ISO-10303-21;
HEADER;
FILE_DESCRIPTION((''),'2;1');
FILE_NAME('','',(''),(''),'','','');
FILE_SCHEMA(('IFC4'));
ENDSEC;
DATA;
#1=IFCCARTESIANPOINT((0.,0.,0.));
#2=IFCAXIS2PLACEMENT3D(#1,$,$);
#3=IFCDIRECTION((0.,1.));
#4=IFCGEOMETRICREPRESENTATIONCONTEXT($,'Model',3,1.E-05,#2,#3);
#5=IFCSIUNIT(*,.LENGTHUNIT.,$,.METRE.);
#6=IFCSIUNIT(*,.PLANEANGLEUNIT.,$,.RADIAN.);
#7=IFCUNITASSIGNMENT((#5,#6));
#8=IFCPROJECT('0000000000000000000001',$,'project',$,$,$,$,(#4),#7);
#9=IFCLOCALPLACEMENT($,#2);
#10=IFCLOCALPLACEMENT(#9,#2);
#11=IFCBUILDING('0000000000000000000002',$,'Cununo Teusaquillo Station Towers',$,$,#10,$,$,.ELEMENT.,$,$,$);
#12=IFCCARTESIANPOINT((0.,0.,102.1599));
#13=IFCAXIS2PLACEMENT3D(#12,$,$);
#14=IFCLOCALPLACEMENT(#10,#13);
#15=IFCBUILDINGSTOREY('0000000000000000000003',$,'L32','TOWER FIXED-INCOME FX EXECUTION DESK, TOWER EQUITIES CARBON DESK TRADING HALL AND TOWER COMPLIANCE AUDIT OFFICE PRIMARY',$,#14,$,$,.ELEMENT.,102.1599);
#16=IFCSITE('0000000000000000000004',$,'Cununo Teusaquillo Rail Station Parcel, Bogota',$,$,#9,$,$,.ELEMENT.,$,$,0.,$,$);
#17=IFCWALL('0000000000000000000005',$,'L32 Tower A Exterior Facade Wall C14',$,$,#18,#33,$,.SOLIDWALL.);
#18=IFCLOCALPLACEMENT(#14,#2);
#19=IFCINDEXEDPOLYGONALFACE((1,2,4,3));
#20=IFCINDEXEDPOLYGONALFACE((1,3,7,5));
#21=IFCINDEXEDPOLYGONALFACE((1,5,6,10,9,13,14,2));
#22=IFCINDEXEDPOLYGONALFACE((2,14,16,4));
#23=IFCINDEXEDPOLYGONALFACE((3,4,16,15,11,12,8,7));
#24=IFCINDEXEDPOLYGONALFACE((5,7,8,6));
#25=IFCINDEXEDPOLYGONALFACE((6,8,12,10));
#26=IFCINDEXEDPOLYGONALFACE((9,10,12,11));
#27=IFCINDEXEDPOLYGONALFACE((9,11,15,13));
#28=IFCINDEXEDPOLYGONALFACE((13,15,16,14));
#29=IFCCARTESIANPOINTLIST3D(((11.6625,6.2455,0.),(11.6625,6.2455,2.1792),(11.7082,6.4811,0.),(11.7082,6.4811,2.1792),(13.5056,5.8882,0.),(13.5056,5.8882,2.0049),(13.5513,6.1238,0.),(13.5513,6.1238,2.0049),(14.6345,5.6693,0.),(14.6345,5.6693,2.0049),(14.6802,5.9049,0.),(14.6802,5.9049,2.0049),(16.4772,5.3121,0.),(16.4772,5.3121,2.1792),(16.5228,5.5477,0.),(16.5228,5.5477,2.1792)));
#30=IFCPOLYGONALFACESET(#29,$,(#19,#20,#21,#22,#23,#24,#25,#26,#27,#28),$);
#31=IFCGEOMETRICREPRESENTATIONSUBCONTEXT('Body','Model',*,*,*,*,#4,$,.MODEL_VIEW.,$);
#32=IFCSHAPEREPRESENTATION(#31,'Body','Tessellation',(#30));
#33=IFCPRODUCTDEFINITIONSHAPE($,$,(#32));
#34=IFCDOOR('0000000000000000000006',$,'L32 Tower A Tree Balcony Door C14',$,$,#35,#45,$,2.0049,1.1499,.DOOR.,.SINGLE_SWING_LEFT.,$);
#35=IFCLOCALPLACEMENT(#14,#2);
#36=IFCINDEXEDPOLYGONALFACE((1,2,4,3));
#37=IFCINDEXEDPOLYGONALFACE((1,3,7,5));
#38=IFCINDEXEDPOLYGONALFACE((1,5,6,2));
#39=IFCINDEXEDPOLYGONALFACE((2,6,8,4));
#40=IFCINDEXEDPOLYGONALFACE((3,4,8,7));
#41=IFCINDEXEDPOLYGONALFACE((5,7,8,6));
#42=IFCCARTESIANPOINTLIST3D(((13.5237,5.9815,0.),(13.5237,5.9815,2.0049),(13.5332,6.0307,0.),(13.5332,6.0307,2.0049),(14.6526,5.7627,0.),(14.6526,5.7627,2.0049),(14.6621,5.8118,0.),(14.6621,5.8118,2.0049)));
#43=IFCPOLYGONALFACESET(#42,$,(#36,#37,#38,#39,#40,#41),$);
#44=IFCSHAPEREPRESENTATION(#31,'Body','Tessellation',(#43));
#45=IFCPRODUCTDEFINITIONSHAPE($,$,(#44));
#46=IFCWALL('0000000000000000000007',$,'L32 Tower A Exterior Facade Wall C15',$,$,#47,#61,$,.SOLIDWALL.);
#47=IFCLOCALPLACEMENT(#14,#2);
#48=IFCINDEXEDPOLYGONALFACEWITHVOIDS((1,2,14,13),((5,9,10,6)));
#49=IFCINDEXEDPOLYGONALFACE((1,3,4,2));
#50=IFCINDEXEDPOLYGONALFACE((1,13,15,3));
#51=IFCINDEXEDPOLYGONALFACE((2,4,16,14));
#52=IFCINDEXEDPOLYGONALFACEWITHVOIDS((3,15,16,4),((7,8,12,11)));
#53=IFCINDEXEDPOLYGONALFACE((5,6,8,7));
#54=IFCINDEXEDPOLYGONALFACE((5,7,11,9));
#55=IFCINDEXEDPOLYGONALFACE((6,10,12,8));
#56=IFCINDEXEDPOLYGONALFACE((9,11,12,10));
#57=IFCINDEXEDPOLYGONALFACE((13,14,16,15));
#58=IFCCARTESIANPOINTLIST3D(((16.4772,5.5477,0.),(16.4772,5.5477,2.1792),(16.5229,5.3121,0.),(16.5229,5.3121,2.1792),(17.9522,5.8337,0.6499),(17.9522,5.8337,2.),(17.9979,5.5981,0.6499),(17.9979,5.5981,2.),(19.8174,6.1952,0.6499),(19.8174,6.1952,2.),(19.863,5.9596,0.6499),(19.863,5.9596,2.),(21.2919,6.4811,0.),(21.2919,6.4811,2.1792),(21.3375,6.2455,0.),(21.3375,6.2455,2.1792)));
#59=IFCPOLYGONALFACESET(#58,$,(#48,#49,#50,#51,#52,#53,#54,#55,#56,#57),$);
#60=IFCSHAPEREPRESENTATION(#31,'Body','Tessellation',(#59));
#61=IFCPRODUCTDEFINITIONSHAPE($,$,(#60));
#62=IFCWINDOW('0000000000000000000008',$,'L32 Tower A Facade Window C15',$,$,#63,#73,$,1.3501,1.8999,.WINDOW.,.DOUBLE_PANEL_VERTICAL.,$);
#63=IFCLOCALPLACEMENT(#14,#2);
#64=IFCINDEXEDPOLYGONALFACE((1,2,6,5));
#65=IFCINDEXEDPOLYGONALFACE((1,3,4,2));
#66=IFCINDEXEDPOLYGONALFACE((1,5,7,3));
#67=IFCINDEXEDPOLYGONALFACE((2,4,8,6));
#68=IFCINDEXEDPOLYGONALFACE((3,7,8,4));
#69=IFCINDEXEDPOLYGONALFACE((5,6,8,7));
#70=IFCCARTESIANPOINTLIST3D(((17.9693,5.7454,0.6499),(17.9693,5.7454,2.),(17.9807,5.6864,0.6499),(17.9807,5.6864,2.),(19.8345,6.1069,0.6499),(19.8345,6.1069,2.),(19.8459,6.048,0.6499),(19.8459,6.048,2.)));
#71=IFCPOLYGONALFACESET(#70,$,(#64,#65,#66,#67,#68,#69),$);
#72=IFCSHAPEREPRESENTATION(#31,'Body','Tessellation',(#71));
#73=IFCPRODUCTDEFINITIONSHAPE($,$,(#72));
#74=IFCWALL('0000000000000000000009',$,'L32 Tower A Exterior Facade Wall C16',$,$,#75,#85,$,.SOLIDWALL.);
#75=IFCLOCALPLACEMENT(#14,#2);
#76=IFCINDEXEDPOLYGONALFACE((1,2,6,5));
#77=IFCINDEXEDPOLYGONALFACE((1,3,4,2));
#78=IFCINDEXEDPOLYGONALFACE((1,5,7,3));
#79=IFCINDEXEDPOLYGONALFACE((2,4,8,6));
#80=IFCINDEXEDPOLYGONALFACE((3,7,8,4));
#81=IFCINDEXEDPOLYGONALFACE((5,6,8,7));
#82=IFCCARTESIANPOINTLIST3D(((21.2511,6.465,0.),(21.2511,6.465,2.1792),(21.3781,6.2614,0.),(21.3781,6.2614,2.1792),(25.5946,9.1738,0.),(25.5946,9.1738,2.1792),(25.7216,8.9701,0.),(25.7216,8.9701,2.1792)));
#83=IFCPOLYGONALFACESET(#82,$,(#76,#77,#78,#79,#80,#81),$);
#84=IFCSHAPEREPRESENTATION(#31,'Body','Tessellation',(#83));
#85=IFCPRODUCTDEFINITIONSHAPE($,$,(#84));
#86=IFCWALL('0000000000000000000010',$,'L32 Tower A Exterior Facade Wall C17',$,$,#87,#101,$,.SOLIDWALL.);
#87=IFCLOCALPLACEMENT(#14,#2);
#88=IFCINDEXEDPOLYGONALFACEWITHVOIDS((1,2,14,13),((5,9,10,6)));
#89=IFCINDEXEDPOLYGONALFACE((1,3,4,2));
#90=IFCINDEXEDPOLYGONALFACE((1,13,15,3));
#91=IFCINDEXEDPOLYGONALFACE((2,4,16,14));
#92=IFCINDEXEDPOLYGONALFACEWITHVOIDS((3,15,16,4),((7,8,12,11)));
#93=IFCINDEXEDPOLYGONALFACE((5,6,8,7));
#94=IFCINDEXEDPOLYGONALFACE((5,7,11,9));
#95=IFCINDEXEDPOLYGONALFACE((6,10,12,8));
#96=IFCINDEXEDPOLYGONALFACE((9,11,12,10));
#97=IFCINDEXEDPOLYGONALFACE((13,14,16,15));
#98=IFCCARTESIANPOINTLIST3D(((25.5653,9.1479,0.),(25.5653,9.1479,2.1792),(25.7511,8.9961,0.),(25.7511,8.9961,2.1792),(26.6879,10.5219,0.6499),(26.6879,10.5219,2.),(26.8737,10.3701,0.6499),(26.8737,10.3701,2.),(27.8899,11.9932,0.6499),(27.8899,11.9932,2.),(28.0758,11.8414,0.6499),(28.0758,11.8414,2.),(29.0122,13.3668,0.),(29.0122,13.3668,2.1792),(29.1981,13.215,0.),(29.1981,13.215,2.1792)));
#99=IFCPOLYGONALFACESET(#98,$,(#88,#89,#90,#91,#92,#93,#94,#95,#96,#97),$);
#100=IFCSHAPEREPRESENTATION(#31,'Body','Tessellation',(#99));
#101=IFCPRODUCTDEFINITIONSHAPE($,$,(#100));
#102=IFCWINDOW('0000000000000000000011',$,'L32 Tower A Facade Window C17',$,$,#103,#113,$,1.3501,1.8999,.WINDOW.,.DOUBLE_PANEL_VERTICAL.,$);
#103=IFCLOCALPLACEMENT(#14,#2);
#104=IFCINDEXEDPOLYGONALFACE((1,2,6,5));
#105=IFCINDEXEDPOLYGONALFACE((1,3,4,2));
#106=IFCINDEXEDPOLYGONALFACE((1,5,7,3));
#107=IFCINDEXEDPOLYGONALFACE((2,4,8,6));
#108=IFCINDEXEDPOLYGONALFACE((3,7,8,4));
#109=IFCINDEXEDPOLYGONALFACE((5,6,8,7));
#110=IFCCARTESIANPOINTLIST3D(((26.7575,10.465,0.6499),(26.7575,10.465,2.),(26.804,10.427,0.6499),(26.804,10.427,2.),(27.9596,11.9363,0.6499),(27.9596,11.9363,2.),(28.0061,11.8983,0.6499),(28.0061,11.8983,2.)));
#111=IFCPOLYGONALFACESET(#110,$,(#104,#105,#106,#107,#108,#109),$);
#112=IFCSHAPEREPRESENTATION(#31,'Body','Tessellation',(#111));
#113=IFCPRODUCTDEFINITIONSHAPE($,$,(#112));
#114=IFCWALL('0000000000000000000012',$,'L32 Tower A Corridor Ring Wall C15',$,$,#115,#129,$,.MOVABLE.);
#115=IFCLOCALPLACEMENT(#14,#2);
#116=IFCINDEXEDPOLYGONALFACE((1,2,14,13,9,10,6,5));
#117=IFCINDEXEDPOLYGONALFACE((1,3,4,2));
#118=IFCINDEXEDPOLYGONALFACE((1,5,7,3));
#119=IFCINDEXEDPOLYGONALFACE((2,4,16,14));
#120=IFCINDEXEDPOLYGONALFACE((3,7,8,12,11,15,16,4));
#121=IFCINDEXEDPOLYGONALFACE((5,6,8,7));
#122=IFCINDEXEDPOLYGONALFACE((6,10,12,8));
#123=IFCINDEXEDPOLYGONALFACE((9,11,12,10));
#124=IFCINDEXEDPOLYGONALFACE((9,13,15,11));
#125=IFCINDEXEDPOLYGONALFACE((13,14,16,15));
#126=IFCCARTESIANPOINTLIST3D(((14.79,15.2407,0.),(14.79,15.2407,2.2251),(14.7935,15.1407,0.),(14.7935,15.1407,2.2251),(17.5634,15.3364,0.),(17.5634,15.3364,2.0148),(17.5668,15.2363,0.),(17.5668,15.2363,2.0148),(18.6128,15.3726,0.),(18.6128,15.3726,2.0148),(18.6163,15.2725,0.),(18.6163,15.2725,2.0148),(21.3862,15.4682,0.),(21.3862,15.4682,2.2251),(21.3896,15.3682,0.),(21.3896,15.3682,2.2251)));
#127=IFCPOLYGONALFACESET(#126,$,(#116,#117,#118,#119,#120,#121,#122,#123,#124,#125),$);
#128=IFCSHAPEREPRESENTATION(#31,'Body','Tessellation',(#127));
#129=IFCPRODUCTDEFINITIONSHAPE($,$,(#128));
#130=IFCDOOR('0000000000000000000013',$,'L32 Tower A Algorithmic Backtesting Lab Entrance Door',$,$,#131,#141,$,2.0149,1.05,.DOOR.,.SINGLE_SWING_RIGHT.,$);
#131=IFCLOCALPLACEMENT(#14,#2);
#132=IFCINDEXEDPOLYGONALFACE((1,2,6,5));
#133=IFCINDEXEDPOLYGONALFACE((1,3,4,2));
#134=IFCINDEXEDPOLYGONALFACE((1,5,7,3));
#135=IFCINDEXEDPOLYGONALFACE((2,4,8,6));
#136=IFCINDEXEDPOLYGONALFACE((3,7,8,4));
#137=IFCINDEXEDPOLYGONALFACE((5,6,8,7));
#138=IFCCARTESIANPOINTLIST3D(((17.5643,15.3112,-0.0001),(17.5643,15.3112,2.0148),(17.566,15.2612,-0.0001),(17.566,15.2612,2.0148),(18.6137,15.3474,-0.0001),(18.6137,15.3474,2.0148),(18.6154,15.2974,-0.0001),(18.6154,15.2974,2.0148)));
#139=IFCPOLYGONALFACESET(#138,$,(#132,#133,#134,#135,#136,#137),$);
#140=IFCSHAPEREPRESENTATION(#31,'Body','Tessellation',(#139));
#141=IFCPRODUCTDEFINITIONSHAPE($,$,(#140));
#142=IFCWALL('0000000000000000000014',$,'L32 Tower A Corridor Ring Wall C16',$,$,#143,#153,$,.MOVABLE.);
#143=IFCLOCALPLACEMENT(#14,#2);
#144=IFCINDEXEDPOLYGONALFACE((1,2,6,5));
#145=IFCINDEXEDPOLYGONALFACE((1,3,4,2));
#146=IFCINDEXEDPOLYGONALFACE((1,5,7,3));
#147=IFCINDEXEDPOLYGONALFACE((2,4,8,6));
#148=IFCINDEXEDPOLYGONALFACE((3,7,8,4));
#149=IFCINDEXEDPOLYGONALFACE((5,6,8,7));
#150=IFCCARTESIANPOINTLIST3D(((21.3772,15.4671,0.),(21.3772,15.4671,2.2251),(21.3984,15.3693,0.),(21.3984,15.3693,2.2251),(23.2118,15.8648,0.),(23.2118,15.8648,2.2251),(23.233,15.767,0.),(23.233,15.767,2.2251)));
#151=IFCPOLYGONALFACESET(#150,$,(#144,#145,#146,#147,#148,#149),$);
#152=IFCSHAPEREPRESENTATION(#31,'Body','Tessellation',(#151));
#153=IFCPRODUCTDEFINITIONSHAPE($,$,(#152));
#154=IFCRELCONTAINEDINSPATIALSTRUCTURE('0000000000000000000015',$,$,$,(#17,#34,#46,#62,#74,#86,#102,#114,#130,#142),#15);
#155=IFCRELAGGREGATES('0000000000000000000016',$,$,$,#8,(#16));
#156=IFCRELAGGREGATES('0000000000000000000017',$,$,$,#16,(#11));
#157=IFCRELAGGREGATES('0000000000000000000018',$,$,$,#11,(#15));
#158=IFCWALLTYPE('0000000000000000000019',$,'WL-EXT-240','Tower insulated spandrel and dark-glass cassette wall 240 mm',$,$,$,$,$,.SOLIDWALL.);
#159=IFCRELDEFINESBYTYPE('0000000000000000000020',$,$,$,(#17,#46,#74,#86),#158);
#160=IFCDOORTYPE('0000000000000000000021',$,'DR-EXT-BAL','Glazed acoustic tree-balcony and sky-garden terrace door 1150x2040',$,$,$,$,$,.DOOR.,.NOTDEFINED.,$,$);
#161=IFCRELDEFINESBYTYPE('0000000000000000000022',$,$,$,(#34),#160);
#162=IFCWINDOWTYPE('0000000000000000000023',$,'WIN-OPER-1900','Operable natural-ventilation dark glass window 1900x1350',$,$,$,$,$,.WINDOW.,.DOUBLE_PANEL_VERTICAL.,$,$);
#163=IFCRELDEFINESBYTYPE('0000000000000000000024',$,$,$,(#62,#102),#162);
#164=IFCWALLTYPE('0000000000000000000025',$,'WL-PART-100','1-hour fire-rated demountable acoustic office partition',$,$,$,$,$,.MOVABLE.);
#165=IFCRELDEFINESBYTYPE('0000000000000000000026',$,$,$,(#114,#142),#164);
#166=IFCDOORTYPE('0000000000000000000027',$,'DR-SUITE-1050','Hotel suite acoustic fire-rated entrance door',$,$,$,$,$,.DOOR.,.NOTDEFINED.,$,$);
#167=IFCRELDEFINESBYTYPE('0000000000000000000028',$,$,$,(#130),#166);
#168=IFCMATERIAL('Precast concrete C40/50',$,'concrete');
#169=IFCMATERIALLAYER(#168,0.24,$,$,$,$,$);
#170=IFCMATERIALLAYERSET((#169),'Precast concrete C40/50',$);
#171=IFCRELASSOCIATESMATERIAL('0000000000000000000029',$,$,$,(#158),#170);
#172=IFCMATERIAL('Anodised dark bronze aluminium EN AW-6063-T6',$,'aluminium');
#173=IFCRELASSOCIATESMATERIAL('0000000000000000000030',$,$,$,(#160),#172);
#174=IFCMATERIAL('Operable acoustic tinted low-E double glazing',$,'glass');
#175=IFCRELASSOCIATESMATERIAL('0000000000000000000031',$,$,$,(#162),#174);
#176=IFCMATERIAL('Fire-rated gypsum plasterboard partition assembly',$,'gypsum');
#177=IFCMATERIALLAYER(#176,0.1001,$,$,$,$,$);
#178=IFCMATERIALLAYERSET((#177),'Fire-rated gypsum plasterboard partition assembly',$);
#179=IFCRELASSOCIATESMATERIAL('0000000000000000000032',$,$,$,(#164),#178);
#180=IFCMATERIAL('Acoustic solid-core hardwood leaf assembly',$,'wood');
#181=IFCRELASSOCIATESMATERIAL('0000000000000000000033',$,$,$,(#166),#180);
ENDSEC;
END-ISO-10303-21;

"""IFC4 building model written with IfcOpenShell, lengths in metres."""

from ifc_helpers import new_model, si_unit, direction, frame, frame_2d, origin, place, context, subcontext, project, spatial, rectangle, extrude, source, transform, mapped, material, layer, layer_set, type_object, element, fill, save


model = new_model("IFC4")

# Units and contexts
model_context = context("Model", 3, precision=1e-05, world=origin(), true_north=direction((0.0, 1.0)))
body_context = subcontext(model_context, "Body", "Model", "MODEL_VIEW")
ifc_project = project(units=[si_unit("LENGTHUNIT", "METRE"), si_unit("PLANEANGLEUNIT", "RADIAN")], contexts=[model_context])

# Site, building, storey
site_placement = place(None, origin())
site = spatial("IfcSite", under=ifc_project, at=site_placement, Name="Cununo Teusaquillo Rail Station Parcel, Bogota", CompositionType="ELEMENT", RefElevation=0.0)
building_placement = place(site_placement, origin())
building = spatial("IfcBuilding", under=site, at=building_placement, Name="Cununo Teusaquillo Station Towers", CompositionType="ELEMENT")
storey_placement = place(building_placement, frame((0.0, 0.0, 102.1599)))
storey = spatial("IfcBuildingStorey", under=building, at=storey_placement, Name="L32", Description="TOWER FIXED-INCOME FX EXECUTION DESK, TOWER EQUITIES CARBON DESK TRADING HALL AND TOWER COMPLIANCE AUDIT OFFICE PRIMARY", CompositionType="ELEMENT", Elevation=102.1599)

# Wall, opening, door
ifc_material_1 = material(Name="Precast concrete C40/50", Category="concrete")
ifc_layer_1 = layer(ifc_material_1, 0.24)
ifc_layer_set_1 = layer_set([ifc_layer_1], Name="Precast concrete C40/50")
wall_type_1 = type_object("IfcWallType", Name="WL-EXT-240", Description="Tower insulated spandrel and dark-glass cassette wall 240 mm", PredefinedType="SOLIDWALL", material=ifc_layer_set_1)
wall_1_placement = place(storey_placement, frame((16.5, 5.4299, 0.0), z_axis=(0.0, 0.0, 1.0), x_axis=(-0.981724, 0.190311, 0.0)))
wall_1 = element("IfcWall", 1, at=wall_1_placement, inside=storey, type_object=wall_type_1, Name="L32 Tower A Exterior Facade Wall C14", PredefinedType="SOLIDWALL", context=body_context, shape_type="SweptSolid", body=[
    extrude(rectangle(XDim=4.9043, YDim=0.24, at=frame_2d((2.4521, 0.0))), origin(), (0.0, 0.0, 1.0), 2.1792),
])
shared_shape_1 = source(origin(), body_context, "Body", "SweptSolid", [
    extrude(rectangle(XDim=1.1499, YDim=2.0049, at=frame_2d((0.575, 1.0024))), frame((0.0, 0.1299, 0.0), z_axis=(0.0, -1.0, 0.0), x_axis=(1.0, 0.0, 0.0)), (0.0, 0.0, 1.0), 0.26),
])
opening_1_placement = place(wall_1_placement, frame((1.877, 0.0, 0.0)))
opening_1 = element("IfcOpeningElement", 2, at=opening_1_placement, cuts=wall_1, PredefinedType="OPENING", context=body_context, shape_type="MappedRepresentation", body=[
    mapped(shared_shape_1, transform((0.0, 0.0, 0.0), x_axis=(1.0, 0.0, 0.0), y_axis=(0.0, 1.0, 0.0), z_axis=(0.0, 0.0, 1.0), scale=1.0)),
])
ifc_material_2 = material(Name="Anodised dark bronze aluminium EN AW-6063-T6", Category="aluminium")
door_type_1 = type_object("IfcDoorType", Name="DR-EXT-BAL", Description="Glazed acoustic tree-balcony and sky-garden terrace door 1150x2040", OperationType="NOTDEFINED", PredefinedType="DOOR", material=ifc_material_2)
shared_shape_2 = source(origin(), body_context, "Body", "SweptSolid", [
    extrude(rectangle(XDim=1.1499, YDim=2.0049, at=frame_2d((0.575, 1.0024))), frame((0.0, 0.0249, 0.0), z_axis=(0.0, -1.0, 0.0), x_axis=(1.0, 0.0, 0.0)), (0.0, 0.0, 1.0), 0.05),
])
door_1_placement = place(opening_1_placement, origin())
door_1 = element("IfcDoor", 3, at=door_1_placement, inside=storey, type_object=door_type_1, Name="L32 Tower A Tree Balcony Door C14", OperationType="SINGLE_SWING_LEFT", OverallHeight=2.0049, OverallWidth=1.1499, PredefinedType="DOOR", context=body_context, shape_type="MappedRepresentation", body=[
    mapped(shared_shape_2, transform((0.0, 0.0, 0.0), x_axis=(1.0, 0.0, 0.0), y_axis=(0.0, 1.0, 0.0), z_axis=(0.0, 0.0, 1.0), scale=1.0)),
])
fill(opening_1, door_1)

# Wall, opening, window
wall_2_placement = place(storey_placement, frame((21.3147, 6.3633, 0.0), z_axis=(0.0, 0.0, 1.0), x_axis=(-0.981724, -0.190311, 0.0)))
wall_2 = element("IfcWall", 4, at=wall_2_placement, inside=storey, type_object=wall_type_1, Name="L32 Tower A Exterior Facade Wall C15", PredefinedType="SOLIDWALL", context=body_context, shape_type="SweptSolid", body=[
    extrude(rectangle(XDim=4.9043, YDim=0.24, at=frame_2d((2.4521, 0.0))), origin(), (0.0, 0.0, 1.0), 2.1792),
])
shared_shape_3 = source(origin(), body_context, "Body", "SweptSolid", [
    extrude(rectangle(XDim=1.8999, YDim=1.3501, at=frame_2d((0.95, 0.675))), frame((0.0, 0.1299, 0.0), z_axis=(0.0, -1.0, 0.0), x_axis=(1.0, 0.0, 0.0)), (0.0, 0.0, 1.0), 0.26),
])
opening_2_placement = place(wall_2_placement, frame((1.502, 0.0, 0.6499)))
opening_2 = element("IfcOpeningElement", 5, at=opening_2_placement, cuts=wall_2, PredefinedType="OPENING", context=body_context, shape_type="MappedRepresentation", body=[
    mapped(shared_shape_3, transform((0.0, 0.0, 0.0), x_axis=(1.0, 0.0, 0.0), y_axis=(0.0, 1.0, 0.0), z_axis=(0.0, 0.0, 1.0), scale=1.0)),
])
ifc_material_3 = material(Name="Operable acoustic tinted low-E double glazing", Category="glass")
window_type = type_object("IfcWindowType", Name="WIN-OPER-1900", Description="Operable natural-ventilation dark glass window 1900x1350", PartitioningType="DOUBLE_PANEL_VERTICAL", PredefinedType="WINDOW", material=ifc_material_3)
shared_shape_4 = source(origin(), body_context, "Body", "SweptSolid", [
    extrude(rectangle(XDim=1.8999, YDim=1.3501, at=frame_2d((0.95, 0.675))), frame((0.0, 0.03, 0.0), z_axis=(0.0, -1.0, 0.0), x_axis=(1.0, 0.0, 0.0)), (0.0, 0.0, 1.0), 0.0601),
])
window_1_placement = place(opening_2_placement, origin())
window_1 = element("IfcWindow", 6, at=window_1_placement, inside=storey, type_object=window_type, Name="L32 Tower A Facade Window C15", OverallHeight=1.3501, OverallWidth=1.8999, PartitioningType="DOUBLE_PANEL_VERTICAL", PredefinedType="WINDOW", context=body_context, shape_type="MappedRepresentation", body=[
    mapped(shared_shape_4, transform((0.0, 0.0, 0.0), x_axis=(1.0, 0.0, 0.0), y_axis=(0.0, 1.0, 0.0), z_axis=(0.0, 0.0, 1.0), scale=1.0)),
])
fill(opening_2, window_1)

# Wall
wall_3_placement = place(storey_placement, frame((25.6582, 9.072, 0.0), z_axis=(0.0, 0.0, 1.0), x_axis=(-0.84852, -0.529163, 0.0)))
element("IfcWall", 7, at=wall_3_placement, inside=storey, type_object=wall_type_1, Name="L32 Tower A Exterior Facade Wall C16", PredefinedType="SOLIDWALL", context=body_context, shape_type="SweptSolid", body=[
    extrude(rectangle(XDim=5.1189, YDim=0.24, at=frame_2d((2.5596, 0.0))), origin(), (0.0, 0.0, 1.0), 2.1792),
])

# Wall, opening, window
wall_4_placement = place(storey_placement, frame((29.1052, 13.291, 0.0), z_axis=(0.0, 0.0, 1.0), x_axis=(-0.632701, -0.774396, 0.0)))
wall_4 = element("IfcWall", 8, at=wall_4_placement, inside=storey, type_object=wall_type_1, Name="L32 Tower A Exterior Facade Wall C17", PredefinedType="SOLIDWALL", context=body_context, shape_type="SweptSolid", body=[
    extrude(rectangle(XDim=5.448, YDim=0.24, at=frame_2d((2.7241, 0.0))), origin(), (0.0, 0.0, 1.0), 2.1792),
])
opening_3_placement = place(wall_4_placement, frame((1.7739, 0.0, 0.6499)))
opening_3 = element("IfcOpeningElement", 9, at=opening_3_placement, cuts=wall_4, PredefinedType="OPENING", context=body_context, shape_type="MappedRepresentation", body=[
    mapped(shared_shape_3, transform((0.0, 0.0, 0.0), x_axis=(1.0, 0.0, 0.0), y_axis=(0.0, 1.0, 0.0), z_axis=(0.0, 0.0, 1.0), scale=1.0)),
])
window_2_placement = place(opening_3_placement, origin())
window_2 = element("IfcWindow", 10, at=window_2_placement, inside=storey, type_object=window_type, Name="L32 Tower A Facade Window C17", OverallHeight=1.3501, OverallWidth=1.8999, PartitioningType="DOUBLE_PANEL_VERTICAL", PredefinedType="WINDOW", context=body_context, shape_type="MappedRepresentation", body=[
    mapped(shared_shape_4, transform((0.0, 0.0, 0.0), x_axis=(1.0, 0.0, 0.0), y_axis=(0.0, 1.0, 0.0), z_axis=(0.0, 0.0, 1.0), scale=1.0)),
])
fill(opening_3, window_2)

# Wall, opening, door
ifc_material_4 = material(Name="Fire-rated gypsum plasterboard partition assembly", Category="gypsum")
ifc_layer_2 = layer(ifc_material_4, 0.1001)
ifc_layer_set_2 = layer_set([ifc_layer_2], Name="Fire-rated gypsum plasterboard partition assembly")
wall_type_2 = type_object("IfcWallType", Name="WL-PART-100", Description="1-hour fire-rated demountable acoustic office partition", PredefinedType="MOVABLE", material=ifc_layer_set_2)
wall_5_placement = place(storey_placement, frame((14.7917, 15.1907, 0.0), z_axis=(0.0, 0.0, 1.0), x_axis=(0.999406, 0.034475, 0.0)))
wall_5 = element("IfcWall", 11, at=wall_5_placement, inside=storey, type_object=wall_type_2, Name="L32 Tower A Corridor Ring Wall C15", PredefinedType="MOVABLE", context=body_context, shape_type="SweptSolid", body=[
    extrude(rectangle(XDim=6.6001, YDim=0.1001, at=frame_2d((3.3, 0.0))), origin(), (0.0, 0.0, 1.0), 2.2251),
])
shared_shape_5 = source(origin(), body_context, "Body", "SweptSolid", [
    extrude(rectangle(XDim=1.05, YDim=2.0149, at=frame_2d((0.5249, 1.0073))), frame((0.0, 0.0601, 0.0), z_axis=(0.0, -1.0, 0.0), x_axis=(1.0, 0.0, 0.0)), (0.0, 0.0, 1.0), 0.1201),
])
opening_4_placement = place(wall_5_placement, frame((2.7751, 0.0, 0.0)))
opening_4 = element("IfcOpeningElement", 12, at=opening_4_placement, cuts=wall_5, PredefinedType="OPENING", context=body_context, shape_type="MappedRepresentation", body=[
    mapped(shared_shape_5, transform((0.0, 0.0, 0.0), x_axis=(1.0, 0.0, 0.0), y_axis=(0.0, 1.0, 0.0), z_axis=(0.0, 0.0, 1.0), scale=1.0)),
])
ifc_material_5 = material(Name="Acoustic solid-core hardwood leaf assembly", Category="wood")
door_type_2 = type_object("IfcDoorType", Name="DR-SUITE-1050", Description="Hotel suite acoustic fire-rated entrance door", OperationType="NOTDEFINED", PredefinedType="DOOR", material=ifc_material_5)
shared_shape_6 = source(origin(), body_context, "Body", "SweptSolid", [
    extrude(rectangle(XDim=1.05, YDim=2.0149, at=frame_2d((0.5249, 1.0073))), frame((0.0, 0.0249, 0.0), z_axis=(0.0, -1.0, 0.0), x_axis=(1.0, 0.0, 0.0)), (0.0, 0.0, 1.0), 0.05),
])
door_2_placement = place(opening_4_placement, origin())
door_2 = element("IfcDoor", 13, at=door_2_placement, inside=storey, type_object=door_type_2, Name="L32 Tower A Algorithmic Backtesting Lab Entrance Door", OperationType="SINGLE_SWING_RIGHT", OverallHeight=2.0149, OverallWidth=1.05, PredefinedType="DOOR", context=body_context, shape_type="MappedRepresentation", body=[
    mapped(shared_shape_6, transform((0.0, 0.0, 0.0), x_axis=(1.0, 0.0, 0.0), y_axis=(0.0, 1.0, 0.0), z_axis=(0.0, 0.0, 1.0), scale=1.0)),
])
fill(opening_4, door_2)

# Wall
wall_6_placement = place(storey_placement, frame((21.3879, 15.4182, 0.0), z_axis=(0.0, 0.0, 1.0), x_axis=(0.977297, 0.211873, 0.0)))
element("IfcWall", 14, at=wall_6_placement, inside=storey, type_object=wall_type_2, Name="L32 Tower A Corridor Ring Wall C16", PredefinedType="MOVABLE", context=body_context, shape_type="SweptSolid", body=[
    extrude(rectangle(XDim=1.8772, YDim=0.1001, at=frame_2d((0.9385, 0.0))), origin(), (0.0, 0.0, 1.0), 2.2251),
])

save(model, "model.ifc")
